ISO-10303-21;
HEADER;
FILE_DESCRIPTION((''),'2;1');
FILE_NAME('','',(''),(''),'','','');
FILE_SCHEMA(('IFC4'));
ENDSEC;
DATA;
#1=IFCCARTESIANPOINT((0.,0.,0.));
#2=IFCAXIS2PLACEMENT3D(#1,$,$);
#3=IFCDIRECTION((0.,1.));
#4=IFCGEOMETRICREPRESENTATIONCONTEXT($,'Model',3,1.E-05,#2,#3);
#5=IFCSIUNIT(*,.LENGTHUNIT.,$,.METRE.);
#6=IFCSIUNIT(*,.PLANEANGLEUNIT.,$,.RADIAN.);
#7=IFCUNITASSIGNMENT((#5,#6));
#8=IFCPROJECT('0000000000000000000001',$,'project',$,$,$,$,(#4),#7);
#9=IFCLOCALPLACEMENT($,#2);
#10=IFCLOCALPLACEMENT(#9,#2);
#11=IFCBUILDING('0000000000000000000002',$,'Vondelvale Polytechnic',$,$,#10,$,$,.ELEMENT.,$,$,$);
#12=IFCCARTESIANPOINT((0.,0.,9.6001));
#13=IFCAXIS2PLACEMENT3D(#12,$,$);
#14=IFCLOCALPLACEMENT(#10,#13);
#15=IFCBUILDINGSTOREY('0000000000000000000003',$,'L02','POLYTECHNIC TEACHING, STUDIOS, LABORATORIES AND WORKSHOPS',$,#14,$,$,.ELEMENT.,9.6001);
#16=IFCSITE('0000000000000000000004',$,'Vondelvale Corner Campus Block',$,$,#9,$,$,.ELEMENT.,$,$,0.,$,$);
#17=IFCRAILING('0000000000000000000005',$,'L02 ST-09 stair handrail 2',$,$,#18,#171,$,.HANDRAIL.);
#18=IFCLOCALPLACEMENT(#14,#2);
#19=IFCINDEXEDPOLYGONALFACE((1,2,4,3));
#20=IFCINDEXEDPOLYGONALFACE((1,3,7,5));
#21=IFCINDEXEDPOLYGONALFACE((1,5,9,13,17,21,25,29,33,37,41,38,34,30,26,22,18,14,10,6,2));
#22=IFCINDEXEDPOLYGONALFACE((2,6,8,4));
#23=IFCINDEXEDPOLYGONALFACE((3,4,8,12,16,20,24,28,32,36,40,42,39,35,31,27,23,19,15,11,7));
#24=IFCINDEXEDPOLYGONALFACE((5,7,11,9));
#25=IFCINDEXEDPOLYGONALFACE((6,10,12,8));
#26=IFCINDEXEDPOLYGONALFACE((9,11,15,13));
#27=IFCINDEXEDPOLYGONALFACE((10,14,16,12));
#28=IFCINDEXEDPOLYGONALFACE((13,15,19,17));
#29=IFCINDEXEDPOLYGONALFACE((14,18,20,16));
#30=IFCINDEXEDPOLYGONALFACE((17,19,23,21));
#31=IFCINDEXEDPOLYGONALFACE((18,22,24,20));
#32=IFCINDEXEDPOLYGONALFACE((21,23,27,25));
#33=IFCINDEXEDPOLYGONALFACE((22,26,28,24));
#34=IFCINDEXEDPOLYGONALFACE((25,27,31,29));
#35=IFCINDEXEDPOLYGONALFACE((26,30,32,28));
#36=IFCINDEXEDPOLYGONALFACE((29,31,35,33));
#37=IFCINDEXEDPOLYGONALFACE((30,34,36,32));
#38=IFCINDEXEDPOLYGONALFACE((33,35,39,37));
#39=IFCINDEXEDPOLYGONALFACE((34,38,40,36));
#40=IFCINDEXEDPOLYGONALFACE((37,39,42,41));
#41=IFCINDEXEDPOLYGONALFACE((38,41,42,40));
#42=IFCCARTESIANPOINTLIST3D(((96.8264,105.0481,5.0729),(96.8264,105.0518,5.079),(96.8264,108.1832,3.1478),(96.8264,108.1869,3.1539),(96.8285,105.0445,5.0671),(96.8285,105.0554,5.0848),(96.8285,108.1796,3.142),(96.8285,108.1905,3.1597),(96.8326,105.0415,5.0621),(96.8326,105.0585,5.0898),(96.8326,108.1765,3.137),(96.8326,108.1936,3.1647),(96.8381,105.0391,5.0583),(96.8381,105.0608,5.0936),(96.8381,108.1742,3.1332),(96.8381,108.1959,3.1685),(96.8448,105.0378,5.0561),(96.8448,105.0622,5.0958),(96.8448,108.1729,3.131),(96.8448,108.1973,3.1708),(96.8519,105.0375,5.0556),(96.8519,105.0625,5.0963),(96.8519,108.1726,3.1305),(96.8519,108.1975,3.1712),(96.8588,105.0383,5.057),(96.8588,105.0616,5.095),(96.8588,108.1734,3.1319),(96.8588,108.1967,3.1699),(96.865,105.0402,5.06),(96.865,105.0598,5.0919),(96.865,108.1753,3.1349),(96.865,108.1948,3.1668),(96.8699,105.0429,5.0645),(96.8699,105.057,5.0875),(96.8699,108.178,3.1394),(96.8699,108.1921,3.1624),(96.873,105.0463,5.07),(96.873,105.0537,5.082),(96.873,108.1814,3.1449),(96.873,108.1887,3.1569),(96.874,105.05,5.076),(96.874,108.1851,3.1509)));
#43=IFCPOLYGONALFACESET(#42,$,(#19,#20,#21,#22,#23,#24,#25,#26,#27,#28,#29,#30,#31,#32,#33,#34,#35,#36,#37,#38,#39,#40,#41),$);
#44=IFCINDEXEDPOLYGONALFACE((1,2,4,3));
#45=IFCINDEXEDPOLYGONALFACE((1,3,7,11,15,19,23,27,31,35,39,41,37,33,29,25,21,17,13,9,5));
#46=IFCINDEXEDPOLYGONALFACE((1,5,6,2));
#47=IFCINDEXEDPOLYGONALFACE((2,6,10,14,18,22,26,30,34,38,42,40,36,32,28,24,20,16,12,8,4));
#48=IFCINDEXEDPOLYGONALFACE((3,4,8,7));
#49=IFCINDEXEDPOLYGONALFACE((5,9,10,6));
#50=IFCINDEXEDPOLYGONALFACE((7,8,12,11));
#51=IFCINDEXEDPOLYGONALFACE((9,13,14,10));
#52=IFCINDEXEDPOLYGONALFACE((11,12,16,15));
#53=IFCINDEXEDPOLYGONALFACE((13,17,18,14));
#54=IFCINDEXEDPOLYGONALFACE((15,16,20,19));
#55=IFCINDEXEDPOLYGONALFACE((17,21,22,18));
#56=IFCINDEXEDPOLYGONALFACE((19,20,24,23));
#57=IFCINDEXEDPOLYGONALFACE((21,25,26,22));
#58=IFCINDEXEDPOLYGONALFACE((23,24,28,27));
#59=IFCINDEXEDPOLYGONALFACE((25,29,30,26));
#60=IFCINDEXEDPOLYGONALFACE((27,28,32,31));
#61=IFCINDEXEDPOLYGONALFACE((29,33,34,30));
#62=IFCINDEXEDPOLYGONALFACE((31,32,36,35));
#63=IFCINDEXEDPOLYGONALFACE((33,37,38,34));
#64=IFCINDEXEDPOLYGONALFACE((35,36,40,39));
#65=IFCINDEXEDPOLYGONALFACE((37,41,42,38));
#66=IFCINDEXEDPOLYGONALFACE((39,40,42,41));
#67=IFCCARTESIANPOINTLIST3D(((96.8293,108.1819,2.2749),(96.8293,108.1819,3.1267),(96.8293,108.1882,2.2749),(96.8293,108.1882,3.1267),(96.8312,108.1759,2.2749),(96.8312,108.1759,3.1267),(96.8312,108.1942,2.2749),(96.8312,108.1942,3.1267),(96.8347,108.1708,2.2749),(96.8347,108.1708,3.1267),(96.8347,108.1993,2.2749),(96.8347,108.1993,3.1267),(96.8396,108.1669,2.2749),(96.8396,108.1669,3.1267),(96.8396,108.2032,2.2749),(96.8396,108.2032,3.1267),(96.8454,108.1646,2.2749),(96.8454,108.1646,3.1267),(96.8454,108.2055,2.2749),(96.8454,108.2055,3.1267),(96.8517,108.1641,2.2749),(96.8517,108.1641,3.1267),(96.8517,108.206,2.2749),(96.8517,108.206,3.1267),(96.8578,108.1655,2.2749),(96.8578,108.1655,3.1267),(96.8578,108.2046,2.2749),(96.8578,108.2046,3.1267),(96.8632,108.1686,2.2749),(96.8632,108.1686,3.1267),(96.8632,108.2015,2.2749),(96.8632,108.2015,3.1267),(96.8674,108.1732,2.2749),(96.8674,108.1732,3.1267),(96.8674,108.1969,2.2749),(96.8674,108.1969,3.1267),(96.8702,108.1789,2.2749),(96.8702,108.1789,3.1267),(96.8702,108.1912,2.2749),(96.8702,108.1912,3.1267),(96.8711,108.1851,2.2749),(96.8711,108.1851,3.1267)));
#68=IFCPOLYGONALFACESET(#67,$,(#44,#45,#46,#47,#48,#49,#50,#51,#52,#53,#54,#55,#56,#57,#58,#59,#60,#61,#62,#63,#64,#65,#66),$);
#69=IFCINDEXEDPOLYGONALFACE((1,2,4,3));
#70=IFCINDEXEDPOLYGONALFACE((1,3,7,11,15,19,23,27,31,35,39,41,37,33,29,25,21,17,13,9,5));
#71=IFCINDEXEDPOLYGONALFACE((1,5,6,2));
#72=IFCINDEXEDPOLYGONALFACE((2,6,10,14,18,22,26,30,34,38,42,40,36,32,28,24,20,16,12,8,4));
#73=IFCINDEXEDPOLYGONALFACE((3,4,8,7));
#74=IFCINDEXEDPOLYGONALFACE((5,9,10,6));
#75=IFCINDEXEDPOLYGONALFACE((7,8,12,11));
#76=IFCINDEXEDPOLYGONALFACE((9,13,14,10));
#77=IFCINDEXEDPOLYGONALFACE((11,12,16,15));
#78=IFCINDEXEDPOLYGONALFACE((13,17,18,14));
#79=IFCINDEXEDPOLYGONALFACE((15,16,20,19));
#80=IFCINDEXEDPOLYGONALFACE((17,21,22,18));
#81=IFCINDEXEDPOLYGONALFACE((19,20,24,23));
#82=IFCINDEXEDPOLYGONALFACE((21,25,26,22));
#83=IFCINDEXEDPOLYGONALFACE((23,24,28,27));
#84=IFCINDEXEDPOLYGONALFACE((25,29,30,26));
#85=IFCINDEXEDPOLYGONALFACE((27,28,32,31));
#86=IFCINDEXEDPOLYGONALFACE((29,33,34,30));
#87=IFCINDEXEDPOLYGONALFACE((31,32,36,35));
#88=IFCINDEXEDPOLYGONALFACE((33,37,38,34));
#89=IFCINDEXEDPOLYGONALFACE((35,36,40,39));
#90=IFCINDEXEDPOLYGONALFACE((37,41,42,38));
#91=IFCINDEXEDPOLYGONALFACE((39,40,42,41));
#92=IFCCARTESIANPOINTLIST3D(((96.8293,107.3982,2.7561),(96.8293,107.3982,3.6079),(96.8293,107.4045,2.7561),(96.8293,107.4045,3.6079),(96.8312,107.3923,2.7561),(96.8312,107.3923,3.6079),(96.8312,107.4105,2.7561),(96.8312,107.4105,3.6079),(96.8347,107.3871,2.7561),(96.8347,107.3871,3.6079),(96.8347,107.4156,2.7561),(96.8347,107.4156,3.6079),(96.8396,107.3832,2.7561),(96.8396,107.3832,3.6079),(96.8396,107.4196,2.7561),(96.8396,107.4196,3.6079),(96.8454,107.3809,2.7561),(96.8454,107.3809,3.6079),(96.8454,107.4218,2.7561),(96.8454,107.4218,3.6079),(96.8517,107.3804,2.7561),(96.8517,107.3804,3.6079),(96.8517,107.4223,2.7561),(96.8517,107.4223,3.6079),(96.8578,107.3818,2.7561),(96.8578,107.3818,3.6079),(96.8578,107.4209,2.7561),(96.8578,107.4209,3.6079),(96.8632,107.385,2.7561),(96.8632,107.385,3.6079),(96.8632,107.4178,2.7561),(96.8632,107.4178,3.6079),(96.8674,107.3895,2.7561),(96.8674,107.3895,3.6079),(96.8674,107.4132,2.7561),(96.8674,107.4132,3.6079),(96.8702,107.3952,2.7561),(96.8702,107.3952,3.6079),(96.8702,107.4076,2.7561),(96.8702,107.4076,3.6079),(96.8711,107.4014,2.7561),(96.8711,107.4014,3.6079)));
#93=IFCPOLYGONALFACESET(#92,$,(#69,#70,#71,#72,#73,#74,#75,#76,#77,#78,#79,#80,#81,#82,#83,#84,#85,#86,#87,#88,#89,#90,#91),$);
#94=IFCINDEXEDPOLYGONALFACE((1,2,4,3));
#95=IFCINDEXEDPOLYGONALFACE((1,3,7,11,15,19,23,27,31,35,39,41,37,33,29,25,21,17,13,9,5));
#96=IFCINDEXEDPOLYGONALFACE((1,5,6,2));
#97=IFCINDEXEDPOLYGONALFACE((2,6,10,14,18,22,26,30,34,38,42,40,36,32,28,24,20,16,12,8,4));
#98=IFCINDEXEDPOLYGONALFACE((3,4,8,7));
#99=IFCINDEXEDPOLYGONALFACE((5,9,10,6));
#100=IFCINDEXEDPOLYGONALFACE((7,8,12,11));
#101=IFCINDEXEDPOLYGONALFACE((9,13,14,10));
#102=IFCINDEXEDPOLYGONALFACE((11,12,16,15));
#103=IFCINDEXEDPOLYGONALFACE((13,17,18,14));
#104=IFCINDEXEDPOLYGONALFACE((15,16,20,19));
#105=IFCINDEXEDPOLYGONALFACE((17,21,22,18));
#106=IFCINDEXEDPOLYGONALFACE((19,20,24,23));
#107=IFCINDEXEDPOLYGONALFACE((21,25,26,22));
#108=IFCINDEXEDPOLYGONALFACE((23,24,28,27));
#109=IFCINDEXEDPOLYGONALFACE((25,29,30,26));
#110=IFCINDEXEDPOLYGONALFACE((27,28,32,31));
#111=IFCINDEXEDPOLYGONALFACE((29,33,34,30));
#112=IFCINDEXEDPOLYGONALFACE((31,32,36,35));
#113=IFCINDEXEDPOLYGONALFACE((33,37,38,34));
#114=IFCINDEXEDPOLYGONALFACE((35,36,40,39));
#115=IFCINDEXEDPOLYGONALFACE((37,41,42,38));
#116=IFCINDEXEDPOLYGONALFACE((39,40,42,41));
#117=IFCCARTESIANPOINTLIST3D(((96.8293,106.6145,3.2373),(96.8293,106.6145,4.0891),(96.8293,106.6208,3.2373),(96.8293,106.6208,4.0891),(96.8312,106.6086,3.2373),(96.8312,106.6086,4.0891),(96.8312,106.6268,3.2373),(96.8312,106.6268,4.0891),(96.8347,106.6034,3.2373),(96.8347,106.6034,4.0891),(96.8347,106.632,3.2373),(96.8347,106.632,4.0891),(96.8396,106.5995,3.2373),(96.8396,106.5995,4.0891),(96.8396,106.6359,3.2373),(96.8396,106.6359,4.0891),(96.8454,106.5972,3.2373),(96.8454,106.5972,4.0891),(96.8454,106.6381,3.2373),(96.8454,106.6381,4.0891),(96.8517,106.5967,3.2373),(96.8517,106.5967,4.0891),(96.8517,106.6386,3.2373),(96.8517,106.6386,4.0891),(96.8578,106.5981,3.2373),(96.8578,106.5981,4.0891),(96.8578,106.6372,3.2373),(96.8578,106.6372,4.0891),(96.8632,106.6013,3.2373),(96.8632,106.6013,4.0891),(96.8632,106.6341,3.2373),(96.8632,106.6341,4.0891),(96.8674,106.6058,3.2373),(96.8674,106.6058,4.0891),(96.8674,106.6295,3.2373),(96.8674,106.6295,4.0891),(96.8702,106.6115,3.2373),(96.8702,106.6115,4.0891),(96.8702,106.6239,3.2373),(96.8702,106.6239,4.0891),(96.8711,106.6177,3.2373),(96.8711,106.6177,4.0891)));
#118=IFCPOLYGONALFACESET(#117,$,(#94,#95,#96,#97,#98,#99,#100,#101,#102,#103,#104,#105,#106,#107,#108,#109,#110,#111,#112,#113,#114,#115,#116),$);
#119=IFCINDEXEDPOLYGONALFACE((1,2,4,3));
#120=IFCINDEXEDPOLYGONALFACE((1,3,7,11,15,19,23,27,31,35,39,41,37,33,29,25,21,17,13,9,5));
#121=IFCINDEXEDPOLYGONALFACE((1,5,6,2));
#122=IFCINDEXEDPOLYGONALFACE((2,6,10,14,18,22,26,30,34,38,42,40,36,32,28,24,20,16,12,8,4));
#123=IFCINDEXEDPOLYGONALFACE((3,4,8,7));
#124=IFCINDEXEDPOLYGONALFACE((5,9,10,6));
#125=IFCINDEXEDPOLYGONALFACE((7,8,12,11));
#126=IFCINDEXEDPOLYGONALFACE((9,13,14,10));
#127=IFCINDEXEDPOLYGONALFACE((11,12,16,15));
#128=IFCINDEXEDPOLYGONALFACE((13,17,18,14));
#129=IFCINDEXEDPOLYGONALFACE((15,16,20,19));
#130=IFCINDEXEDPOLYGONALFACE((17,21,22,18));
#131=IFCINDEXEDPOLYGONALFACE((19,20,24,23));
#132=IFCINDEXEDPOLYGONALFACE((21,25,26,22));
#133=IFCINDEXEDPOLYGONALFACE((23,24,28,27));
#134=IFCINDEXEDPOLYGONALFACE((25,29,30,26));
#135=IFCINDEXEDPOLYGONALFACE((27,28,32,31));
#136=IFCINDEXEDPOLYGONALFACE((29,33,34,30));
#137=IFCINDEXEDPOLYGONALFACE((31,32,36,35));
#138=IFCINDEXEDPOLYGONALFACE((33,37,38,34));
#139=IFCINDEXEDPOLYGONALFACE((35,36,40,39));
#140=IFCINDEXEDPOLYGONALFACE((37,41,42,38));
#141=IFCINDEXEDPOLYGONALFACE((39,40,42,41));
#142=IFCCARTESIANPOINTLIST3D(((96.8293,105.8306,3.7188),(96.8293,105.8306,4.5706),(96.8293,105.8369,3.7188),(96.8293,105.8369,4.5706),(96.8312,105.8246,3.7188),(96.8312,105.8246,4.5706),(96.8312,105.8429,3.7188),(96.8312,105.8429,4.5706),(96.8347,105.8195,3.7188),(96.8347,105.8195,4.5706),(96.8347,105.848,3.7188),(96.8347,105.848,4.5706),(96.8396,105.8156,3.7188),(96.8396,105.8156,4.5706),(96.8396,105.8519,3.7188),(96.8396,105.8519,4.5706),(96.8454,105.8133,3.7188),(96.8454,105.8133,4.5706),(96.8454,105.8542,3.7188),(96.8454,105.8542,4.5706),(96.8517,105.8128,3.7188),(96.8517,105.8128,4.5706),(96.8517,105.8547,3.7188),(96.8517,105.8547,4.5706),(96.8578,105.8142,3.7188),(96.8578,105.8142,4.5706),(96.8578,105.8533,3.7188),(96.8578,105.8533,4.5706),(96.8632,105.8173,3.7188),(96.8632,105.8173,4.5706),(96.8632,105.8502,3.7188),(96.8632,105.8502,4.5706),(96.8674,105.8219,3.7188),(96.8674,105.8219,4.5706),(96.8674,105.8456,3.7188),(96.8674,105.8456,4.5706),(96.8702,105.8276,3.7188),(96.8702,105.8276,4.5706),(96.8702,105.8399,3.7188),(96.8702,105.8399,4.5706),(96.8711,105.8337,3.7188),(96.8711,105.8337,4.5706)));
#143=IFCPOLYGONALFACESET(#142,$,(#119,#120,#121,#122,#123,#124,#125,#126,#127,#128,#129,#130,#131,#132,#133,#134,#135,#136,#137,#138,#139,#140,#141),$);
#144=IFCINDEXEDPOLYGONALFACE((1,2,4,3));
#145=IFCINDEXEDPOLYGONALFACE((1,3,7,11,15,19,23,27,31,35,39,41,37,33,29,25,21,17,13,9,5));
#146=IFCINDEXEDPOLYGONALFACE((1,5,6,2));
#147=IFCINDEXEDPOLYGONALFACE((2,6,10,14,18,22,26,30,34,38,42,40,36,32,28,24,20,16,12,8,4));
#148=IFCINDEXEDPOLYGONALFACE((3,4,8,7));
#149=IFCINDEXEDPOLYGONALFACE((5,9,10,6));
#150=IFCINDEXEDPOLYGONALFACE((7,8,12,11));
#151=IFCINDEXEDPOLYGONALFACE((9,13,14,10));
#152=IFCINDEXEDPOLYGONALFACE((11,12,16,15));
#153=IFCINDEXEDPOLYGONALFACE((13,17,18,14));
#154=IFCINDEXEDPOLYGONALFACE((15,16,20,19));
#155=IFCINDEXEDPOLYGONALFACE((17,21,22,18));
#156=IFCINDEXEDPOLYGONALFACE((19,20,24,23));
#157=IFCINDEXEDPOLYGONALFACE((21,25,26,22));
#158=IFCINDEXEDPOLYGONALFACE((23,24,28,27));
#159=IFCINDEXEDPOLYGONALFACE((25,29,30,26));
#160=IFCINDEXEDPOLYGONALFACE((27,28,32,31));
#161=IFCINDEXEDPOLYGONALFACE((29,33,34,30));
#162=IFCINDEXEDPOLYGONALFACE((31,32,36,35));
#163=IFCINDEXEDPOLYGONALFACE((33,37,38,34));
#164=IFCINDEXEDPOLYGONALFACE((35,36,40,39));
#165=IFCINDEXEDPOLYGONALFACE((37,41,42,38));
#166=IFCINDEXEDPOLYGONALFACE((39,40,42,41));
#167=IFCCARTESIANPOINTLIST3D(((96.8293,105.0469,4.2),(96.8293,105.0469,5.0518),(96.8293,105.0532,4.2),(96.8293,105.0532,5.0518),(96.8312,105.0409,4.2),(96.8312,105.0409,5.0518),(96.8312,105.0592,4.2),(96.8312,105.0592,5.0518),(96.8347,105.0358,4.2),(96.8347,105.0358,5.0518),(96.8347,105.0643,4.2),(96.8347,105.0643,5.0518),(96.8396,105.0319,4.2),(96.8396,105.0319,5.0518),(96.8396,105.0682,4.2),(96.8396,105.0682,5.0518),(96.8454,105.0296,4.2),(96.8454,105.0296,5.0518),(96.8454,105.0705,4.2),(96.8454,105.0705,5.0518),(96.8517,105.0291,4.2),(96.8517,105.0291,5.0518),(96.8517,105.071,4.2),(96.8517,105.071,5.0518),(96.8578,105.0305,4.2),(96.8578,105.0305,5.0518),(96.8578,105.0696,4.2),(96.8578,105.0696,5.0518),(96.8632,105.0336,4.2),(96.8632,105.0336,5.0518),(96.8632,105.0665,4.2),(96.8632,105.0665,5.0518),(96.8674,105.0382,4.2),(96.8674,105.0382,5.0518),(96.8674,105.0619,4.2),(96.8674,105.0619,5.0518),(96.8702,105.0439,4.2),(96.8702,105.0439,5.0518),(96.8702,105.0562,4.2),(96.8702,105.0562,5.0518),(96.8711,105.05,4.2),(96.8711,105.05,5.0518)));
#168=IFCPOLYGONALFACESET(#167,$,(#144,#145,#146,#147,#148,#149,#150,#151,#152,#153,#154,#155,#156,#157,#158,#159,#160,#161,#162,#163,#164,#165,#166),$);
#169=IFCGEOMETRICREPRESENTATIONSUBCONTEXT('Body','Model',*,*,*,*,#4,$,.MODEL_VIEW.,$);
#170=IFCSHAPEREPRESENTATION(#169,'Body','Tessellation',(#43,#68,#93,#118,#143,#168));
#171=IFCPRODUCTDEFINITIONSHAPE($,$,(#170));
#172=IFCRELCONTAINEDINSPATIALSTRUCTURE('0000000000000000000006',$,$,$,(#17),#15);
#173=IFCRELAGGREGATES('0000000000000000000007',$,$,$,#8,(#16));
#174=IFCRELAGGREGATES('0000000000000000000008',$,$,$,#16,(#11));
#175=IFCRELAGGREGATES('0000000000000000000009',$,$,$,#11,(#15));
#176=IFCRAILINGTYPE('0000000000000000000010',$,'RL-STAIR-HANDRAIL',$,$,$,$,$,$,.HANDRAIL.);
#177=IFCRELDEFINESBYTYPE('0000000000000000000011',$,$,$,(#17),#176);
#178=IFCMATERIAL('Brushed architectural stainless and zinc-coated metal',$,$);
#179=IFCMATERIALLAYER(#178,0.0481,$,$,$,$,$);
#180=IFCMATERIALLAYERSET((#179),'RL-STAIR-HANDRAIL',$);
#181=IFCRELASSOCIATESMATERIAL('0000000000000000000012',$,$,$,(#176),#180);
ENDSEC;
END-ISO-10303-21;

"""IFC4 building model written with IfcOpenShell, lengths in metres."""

from ifc_helpers import new_model, si_unit, direction, frame, origin, origin_2d, place, context, subcontext, project, spatial, circle, extrude, material, layer, layer_set, type_object, element, save


model = new_model("IFC4")

# Units and contexts
model_context = context("Model", 3, precision=1e-05, world=origin(), true_north=direction((0.0, 1.0)))
body_context = subcontext(model_context, "Body", "Model", "MODEL_VIEW")
ifc_project = project(units=[si_unit("LENGTHUNIT", "METRE"), si_unit("PLANEANGLEUNIT", "RADIAN")], contexts=[model_context])

# Site, building, storey
site_placement = place(None, origin())
site = spatial("IfcSite", under=ifc_project, at=site_placement, Name="Vondelvale Corner Campus Block", CompositionType="ELEMENT", RefElevation=0.0)
building_placement = place(site_placement, origin())
building = spatial("IfcBuilding", under=site, at=building_placement, Name="Vondelvale Polytechnic", CompositionType="ELEMENT")
storey_placement = place(building_placement, frame((0.0, 0.0, 9.6001)))
storey = spatial("IfcBuildingStorey", under=building, at=storey_placement, Name="L02", Description="POLYTECHNIC TEACHING, STUDIOS, LABORATORIES AND WORKSHOPS", CompositionType="ELEMENT", Elevation=9.6001)

# Railing
ifc_material_1 = material(Name="Brushed architectural stainless and zinc-coated metal")
ifc_layer_1 = layer(ifc_material_1, 0.0481)
ifc_layer_set_1 = layer_set([ifc_layer_1], Name="RL-STAIR-HANDRAIL")
railing_type_1 = type_object("IfcRailingType", Name="RL-STAIR-HANDRAIL", PredefinedType="HANDRAIL", material=ifc_layer_set_1)
railing_1_placement = place(storey_placement, frame((96.8501, 108.1851, 2.2749)))
element("IfcRailing", 1, at=railing_1_placement, inside=storey, type_object=railing_type_1, Name="L02 ST-09 stair handrail 2", PredefinedType="HANDRAIL", context=body_context, shape_type="SweptSolid", body=[
    extrude(circle(Radius=0.0239, at=origin_2d()), frame((0.0, 0.0, 0.876), z_axis=(0.0, -0.852166, 0.523271), x_axis=(1.0, 0.0, 0.0)), (0.0, 0.0, 1.0), 3.679),
    extrude(circle(Radius=0.021, at=origin_2d()), origin(), (0.0, 0.0, 1.0), 0.8518),
    extrude(circle(Radius=0.021, at=origin_2d()), frame((0.0, -0.7837, 0.4812)), (0.0, 0.0, 1.0), 0.8518),
    extrude(circle(Radius=0.021, at=origin_2d()), frame((0.0, -1.5674, 0.9624)), (0.0, 0.0, 1.0), 0.8518),
    extrude(circle(Radius=0.021, at=origin_2d()), frame((0.0, -2.3513, 1.4438)), (0.0, 0.0, 1.0), 0.8518),
    extrude(circle(Radius=0.021, at=origin_2d()), frame((0.0, -3.135, 1.925)), (0.0, 0.0, 1.0), 0.8518),
])

save(model, "model.ifc")
